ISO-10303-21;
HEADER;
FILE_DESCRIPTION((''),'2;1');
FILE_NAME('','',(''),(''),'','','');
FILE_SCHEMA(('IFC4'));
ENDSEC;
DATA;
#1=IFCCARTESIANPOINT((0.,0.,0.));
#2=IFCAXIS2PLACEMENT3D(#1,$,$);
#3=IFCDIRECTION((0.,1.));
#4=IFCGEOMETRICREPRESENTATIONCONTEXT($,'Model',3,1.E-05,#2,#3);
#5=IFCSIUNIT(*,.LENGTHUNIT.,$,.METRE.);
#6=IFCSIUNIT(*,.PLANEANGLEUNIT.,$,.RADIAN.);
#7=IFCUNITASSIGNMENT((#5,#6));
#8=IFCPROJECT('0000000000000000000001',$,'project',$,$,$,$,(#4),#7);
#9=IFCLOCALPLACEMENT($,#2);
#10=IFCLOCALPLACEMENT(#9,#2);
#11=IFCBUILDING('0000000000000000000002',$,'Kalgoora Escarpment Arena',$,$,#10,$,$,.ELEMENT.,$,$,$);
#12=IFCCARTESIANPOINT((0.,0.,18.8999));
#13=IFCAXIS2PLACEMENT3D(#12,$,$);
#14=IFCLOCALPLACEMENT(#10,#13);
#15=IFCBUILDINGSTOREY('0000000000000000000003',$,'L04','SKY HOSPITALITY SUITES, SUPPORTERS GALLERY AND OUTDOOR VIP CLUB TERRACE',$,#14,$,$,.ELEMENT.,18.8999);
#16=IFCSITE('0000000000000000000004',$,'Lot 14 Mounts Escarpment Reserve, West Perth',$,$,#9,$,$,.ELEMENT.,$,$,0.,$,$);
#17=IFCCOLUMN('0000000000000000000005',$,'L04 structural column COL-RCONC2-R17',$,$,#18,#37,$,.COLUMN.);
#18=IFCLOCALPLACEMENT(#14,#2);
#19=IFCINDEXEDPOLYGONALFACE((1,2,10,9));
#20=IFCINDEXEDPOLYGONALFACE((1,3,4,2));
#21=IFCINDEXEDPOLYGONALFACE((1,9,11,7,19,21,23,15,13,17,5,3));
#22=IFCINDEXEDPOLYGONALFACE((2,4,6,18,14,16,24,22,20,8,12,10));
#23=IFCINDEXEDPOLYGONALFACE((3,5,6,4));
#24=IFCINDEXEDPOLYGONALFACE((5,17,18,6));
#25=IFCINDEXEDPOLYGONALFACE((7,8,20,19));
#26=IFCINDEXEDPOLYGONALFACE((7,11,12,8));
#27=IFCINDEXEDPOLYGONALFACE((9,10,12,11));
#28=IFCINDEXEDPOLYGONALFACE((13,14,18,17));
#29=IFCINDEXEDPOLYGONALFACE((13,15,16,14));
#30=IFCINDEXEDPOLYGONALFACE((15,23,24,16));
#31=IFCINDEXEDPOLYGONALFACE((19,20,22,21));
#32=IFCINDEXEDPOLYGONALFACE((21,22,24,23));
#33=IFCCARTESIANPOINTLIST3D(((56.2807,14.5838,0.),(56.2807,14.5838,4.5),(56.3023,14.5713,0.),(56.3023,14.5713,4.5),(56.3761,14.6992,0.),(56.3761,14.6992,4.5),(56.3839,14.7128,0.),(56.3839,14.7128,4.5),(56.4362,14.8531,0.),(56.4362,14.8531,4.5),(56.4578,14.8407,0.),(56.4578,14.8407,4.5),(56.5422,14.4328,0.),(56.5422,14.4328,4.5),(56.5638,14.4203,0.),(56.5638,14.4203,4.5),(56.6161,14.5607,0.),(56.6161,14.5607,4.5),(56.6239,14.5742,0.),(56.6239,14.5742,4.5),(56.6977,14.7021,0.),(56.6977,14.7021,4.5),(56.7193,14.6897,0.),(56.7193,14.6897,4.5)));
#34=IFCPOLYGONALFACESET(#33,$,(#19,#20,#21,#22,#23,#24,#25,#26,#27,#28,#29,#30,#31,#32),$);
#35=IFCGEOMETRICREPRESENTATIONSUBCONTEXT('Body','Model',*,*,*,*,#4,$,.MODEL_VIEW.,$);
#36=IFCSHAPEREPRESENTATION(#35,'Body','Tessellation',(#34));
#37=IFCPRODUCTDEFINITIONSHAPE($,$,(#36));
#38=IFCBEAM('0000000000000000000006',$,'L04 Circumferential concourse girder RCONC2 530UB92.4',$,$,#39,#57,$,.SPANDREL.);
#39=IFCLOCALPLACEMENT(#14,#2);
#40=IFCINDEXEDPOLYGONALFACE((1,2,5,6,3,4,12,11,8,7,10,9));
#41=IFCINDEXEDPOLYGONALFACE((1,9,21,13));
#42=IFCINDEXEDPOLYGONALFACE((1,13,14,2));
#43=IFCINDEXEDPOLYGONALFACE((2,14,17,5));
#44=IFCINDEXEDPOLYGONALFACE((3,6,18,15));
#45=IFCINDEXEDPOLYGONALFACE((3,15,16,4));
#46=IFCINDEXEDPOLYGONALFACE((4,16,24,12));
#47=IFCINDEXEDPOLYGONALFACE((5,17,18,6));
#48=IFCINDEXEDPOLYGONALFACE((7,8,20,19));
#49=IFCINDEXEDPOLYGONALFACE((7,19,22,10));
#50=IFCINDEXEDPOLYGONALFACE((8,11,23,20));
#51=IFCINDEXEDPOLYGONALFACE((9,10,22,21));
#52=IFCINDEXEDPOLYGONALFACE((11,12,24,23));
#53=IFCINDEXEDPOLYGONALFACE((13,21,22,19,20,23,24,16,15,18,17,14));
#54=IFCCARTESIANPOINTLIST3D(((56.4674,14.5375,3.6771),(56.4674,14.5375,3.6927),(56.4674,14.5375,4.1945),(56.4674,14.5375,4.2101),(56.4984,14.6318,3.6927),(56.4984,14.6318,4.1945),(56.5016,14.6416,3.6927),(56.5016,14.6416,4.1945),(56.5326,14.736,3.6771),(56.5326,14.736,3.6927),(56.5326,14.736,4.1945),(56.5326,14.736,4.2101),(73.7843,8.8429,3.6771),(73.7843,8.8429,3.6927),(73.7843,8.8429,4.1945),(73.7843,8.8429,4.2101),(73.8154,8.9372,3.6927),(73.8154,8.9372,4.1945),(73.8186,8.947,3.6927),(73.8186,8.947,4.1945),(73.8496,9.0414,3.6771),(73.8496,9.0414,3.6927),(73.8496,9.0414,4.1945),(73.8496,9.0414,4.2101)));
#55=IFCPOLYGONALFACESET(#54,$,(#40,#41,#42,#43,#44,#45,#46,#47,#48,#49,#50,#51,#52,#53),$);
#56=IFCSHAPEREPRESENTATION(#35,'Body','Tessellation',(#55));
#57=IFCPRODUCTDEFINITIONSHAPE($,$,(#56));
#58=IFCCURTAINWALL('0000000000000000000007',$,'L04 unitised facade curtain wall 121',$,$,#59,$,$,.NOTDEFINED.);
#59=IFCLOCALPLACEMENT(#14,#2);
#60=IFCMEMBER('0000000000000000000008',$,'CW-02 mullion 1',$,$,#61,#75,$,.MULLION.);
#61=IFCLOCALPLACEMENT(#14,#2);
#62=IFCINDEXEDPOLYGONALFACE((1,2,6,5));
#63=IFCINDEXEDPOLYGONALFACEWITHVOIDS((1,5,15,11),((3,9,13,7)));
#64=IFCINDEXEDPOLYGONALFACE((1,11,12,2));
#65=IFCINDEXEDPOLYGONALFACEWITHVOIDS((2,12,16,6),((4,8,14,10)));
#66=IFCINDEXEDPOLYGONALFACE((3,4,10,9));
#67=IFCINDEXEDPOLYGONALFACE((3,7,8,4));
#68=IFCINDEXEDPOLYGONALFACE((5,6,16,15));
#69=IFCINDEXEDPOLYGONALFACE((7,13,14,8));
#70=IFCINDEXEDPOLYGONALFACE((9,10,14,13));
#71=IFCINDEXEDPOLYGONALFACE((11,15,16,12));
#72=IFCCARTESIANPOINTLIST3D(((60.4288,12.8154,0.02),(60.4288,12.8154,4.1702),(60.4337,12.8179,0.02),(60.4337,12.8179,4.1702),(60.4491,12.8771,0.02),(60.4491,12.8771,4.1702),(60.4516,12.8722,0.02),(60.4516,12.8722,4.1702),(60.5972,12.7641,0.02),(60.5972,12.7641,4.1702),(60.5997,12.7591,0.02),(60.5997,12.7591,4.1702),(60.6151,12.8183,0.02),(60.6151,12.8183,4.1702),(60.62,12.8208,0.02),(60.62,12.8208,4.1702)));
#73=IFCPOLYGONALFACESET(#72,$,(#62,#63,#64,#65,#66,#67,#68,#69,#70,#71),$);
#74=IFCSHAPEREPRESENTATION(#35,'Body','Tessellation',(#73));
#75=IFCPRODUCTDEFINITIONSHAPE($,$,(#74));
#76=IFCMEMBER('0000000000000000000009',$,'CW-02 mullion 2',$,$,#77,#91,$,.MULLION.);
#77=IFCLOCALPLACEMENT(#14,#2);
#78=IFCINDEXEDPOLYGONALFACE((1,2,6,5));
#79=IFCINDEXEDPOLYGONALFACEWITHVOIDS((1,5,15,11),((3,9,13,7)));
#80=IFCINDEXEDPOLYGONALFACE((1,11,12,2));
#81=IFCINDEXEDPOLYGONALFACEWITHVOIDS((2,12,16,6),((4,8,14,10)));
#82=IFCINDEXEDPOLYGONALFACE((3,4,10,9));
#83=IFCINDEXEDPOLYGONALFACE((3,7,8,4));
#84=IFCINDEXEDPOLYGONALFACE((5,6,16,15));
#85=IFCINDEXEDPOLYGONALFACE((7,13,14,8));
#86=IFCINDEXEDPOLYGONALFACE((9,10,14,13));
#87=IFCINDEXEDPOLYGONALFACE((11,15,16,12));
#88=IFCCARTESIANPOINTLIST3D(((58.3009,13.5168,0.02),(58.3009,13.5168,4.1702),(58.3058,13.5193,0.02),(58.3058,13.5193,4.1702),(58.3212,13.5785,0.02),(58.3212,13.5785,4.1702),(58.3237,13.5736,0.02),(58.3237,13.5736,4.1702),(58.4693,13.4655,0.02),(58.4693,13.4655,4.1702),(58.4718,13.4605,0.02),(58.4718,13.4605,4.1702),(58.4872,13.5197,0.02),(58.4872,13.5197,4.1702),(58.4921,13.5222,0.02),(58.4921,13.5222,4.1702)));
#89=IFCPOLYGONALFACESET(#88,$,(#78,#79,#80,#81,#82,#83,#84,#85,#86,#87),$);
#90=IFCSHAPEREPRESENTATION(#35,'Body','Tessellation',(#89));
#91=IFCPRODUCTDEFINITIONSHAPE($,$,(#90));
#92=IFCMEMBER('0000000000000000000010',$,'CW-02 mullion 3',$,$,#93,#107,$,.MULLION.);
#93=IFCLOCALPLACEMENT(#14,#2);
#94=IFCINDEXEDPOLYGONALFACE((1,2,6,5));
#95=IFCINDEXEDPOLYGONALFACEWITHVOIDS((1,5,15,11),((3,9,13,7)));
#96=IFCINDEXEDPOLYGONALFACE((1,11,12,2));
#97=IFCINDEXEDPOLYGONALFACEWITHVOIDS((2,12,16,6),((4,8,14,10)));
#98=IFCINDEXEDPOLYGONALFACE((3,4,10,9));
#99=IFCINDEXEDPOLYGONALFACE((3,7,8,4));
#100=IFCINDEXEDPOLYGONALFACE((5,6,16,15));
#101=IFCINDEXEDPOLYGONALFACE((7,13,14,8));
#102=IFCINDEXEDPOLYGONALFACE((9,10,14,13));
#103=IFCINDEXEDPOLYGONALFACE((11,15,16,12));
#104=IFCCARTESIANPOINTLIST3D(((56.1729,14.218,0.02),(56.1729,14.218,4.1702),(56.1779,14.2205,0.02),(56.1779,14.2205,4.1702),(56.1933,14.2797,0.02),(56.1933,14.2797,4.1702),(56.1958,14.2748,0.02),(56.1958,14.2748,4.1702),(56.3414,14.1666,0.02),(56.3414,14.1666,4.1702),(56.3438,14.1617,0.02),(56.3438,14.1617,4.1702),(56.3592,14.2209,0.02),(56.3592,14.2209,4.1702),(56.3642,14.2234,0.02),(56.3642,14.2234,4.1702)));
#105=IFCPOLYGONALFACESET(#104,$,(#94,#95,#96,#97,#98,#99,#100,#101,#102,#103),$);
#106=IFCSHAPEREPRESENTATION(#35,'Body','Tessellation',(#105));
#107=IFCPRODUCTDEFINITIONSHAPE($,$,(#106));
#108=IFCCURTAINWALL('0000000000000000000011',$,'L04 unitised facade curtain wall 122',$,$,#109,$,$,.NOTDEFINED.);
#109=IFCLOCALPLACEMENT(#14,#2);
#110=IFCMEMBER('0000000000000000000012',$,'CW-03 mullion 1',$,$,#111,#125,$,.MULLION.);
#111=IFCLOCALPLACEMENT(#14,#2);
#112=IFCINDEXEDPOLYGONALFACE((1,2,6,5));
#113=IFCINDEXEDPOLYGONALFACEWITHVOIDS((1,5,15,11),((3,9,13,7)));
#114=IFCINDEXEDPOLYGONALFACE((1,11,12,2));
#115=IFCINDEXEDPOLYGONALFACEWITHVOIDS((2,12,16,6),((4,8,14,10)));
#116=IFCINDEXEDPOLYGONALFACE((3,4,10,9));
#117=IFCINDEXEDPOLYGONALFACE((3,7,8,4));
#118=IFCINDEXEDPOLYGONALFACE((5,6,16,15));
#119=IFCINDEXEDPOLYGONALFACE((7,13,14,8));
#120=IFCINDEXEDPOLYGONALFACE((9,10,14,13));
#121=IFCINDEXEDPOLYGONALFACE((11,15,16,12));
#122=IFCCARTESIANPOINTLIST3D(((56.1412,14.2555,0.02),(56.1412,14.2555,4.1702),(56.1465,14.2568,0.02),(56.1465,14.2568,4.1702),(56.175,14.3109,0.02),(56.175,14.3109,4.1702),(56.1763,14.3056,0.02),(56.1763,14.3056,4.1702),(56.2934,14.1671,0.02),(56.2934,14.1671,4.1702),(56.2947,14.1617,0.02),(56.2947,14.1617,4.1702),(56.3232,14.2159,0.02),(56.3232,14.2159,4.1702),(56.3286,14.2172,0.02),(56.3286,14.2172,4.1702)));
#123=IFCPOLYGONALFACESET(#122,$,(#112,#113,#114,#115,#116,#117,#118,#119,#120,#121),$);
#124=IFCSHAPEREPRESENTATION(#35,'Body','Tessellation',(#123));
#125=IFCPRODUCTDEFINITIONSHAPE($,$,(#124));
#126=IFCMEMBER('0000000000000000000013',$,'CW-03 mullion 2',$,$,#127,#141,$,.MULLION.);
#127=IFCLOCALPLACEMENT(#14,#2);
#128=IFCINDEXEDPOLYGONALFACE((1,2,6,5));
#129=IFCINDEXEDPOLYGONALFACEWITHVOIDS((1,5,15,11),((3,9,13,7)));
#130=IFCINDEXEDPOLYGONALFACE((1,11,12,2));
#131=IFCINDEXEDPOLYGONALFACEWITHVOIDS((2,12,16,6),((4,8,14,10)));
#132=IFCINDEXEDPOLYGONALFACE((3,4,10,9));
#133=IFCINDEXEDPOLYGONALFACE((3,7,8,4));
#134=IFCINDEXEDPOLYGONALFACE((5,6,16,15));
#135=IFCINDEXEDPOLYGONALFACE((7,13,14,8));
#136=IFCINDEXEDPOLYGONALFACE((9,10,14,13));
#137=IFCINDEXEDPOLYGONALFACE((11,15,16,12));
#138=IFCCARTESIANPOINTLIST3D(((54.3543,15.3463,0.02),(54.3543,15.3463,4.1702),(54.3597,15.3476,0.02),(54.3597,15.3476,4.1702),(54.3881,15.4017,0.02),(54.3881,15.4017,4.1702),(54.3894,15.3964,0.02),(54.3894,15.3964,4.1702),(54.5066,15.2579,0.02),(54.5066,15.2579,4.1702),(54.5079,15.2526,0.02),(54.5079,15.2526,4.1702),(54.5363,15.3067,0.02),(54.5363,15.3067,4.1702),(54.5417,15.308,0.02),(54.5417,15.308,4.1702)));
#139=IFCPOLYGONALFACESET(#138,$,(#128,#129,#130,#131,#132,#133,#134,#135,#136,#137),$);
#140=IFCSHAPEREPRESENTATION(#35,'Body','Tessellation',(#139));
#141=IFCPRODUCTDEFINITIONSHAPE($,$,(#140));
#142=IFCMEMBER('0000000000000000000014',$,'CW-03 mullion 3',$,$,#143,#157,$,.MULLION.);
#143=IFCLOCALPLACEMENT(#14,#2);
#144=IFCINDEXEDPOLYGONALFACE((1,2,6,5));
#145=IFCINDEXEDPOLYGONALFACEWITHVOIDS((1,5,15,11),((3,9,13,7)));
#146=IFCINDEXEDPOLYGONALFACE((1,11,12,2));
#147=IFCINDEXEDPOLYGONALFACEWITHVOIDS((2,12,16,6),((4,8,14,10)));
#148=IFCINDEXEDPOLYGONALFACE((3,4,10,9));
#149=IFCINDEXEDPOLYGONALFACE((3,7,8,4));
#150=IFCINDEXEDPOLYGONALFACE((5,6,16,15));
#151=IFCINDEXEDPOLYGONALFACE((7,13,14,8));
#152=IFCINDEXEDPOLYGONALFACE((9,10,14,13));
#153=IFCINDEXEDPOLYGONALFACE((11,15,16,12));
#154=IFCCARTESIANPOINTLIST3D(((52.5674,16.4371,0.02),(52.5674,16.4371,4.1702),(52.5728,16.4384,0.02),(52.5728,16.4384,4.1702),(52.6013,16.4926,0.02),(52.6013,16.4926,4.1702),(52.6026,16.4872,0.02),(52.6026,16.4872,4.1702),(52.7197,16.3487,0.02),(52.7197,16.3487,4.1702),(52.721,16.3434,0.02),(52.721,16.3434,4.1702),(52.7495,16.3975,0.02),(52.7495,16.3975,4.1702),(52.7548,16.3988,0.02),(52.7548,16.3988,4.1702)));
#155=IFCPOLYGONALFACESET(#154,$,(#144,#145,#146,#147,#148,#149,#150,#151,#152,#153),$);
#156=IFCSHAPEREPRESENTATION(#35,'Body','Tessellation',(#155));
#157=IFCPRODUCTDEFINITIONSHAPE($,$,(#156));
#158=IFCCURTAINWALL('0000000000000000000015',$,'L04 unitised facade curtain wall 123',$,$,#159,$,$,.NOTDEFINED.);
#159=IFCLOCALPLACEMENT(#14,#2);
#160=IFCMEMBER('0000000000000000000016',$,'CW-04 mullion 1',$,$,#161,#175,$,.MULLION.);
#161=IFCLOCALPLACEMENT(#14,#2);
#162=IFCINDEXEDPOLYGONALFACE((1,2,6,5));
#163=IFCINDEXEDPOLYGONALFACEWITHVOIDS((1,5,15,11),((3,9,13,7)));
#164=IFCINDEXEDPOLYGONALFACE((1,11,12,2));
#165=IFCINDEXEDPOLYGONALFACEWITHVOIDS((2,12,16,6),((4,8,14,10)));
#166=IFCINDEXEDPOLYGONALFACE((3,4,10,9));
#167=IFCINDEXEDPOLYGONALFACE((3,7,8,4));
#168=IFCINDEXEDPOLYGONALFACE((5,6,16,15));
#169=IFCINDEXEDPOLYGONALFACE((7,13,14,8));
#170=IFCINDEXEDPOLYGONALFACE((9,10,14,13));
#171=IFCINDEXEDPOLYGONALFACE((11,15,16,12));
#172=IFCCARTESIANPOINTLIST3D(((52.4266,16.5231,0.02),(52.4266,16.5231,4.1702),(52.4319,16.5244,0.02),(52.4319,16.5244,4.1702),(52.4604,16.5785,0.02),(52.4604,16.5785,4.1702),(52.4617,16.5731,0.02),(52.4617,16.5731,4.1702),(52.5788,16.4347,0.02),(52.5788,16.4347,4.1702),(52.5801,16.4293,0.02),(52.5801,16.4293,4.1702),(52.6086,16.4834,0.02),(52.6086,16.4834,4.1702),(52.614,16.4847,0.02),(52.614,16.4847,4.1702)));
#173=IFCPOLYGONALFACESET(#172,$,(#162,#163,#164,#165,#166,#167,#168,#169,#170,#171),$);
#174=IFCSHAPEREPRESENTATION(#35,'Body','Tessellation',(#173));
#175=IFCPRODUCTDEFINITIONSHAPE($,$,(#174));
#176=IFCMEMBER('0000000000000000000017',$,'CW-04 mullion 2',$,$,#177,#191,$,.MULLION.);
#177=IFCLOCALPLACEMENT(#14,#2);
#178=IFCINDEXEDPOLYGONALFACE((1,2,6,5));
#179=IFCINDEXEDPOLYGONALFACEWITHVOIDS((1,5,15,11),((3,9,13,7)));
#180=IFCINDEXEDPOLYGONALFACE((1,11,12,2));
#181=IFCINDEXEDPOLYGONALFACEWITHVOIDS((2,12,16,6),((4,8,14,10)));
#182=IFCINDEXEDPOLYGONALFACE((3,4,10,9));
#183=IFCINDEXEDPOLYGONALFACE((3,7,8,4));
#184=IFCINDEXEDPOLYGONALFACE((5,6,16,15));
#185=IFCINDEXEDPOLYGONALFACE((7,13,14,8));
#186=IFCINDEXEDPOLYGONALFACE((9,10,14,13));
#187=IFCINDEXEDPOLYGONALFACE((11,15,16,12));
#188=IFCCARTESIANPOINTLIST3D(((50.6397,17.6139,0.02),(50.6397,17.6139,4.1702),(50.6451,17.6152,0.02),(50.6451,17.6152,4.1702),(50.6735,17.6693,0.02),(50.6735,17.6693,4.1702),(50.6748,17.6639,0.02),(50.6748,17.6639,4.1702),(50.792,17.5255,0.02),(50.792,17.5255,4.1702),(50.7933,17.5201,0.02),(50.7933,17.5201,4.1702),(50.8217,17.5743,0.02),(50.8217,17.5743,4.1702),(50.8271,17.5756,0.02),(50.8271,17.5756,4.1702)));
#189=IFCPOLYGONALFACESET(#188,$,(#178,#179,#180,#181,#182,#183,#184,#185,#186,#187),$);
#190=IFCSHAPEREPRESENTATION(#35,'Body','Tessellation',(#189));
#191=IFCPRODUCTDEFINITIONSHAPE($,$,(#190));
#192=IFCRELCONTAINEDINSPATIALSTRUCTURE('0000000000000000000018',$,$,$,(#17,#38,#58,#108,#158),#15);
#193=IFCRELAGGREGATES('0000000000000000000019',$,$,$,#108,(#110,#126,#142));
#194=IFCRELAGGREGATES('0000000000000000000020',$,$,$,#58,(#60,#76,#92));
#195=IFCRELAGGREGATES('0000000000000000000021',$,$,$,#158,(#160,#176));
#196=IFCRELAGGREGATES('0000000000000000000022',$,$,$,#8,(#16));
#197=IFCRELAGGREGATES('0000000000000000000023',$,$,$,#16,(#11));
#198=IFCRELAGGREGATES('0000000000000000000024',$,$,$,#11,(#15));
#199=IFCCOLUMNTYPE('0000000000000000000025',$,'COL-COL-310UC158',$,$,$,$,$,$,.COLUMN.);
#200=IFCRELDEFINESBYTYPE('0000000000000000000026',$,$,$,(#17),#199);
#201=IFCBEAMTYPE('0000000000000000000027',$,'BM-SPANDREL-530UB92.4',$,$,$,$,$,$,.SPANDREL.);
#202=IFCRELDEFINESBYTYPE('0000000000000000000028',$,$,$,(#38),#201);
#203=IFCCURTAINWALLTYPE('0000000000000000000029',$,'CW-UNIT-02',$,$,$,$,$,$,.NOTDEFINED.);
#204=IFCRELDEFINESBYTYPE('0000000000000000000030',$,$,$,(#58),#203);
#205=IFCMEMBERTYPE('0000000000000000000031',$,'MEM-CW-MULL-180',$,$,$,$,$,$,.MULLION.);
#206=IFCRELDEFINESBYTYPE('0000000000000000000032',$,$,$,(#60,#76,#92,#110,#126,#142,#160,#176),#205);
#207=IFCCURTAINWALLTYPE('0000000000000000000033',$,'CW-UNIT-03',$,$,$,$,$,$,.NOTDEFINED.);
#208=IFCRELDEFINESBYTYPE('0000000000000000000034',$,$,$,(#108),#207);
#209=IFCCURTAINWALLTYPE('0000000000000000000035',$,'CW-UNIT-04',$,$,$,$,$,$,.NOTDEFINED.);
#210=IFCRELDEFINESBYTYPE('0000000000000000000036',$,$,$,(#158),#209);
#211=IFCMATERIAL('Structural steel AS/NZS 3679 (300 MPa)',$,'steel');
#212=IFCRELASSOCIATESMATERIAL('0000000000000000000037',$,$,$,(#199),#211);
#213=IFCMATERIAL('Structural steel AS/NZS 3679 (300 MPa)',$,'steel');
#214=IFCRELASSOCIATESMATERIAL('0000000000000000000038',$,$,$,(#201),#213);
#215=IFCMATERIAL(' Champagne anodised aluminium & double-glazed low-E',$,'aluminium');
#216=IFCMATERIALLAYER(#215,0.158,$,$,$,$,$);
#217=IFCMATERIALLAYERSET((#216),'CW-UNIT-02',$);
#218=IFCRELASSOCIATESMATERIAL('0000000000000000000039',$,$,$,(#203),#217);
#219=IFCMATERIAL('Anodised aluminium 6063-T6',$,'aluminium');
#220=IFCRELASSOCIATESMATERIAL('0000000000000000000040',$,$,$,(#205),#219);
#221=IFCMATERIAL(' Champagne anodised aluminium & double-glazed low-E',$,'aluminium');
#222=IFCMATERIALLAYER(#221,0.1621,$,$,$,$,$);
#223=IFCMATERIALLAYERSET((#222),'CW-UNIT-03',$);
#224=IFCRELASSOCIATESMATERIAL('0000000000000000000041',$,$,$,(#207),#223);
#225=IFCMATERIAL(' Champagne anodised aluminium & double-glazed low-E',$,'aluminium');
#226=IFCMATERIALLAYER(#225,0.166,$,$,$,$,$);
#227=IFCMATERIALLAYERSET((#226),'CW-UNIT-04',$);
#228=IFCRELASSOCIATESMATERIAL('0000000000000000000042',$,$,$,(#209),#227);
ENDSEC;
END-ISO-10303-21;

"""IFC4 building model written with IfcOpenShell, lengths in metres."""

from ifc_helpers import new_model, si_unit, direction, frame, origin, origin_2d, place, context, subcontext, project, spatial, hollow_rectangle, i_section, extrude, material, layer, layer_set, material_profile, profile_set, type_object, element, aggregate, save


model = new_model("IFC4")

# Units and contexts
model_context = context("Model", 3, precision=1e-05, world=origin(), true_north=direction((0.0, 1.0)))
body_context = subcontext(model_context, "Body", "Model", "MODEL_VIEW")
ifc_project = project(units=[si_unit("LENGTHUNIT", "METRE"), si_unit("PLANEANGLEUNIT", "RADIAN")], contexts=[model_context])

# Site, building, storey
site_placement = place(None, origin())
site = spatial("IfcSite", under=ifc_project, at=site_placement, Name="Lot 14 Mounts Escarpment Reserve, West Perth", CompositionType="ELEMENT", RefElevation=0.0)
building_placement = place(site_placement, origin())
building = spatial("IfcBuilding", under=site, at=building_placement, Name="Kalgoora Escarpment Arena", CompositionType="ELEMENT")
storey_placement = place(building_placement, frame((0.0, 0.0, 18.8999)))
storey = spatial("IfcBuildingStorey", under=building, at=storey_placement, Name="L04", Description="SKY HOSPITALITY SUITES, SUPPORTERS GALLERY AND OUTDOOR VIP CLUB TERRACE", CompositionType="ELEMENT", Elevation=18.8999)

# Column
ifc_material_1 = material(Name="Structural steel AS/NZS 3679 (300 MPa)", Category="steel")
ifc_material_profile_1 = material_profile(ifc_material_1, i_section(OverallWidth=0.311, OverallDepth=0.3269, WebThickness=0.0156, FlangeThickness=0.0249, at=origin_2d()))
ifc_profile_set_1 = profile_set([ifc_material_profile_1], Name="Structural steel AS/NZS 3679 (300 MPa)")
column_type = type_object("IfcColumnType", Name="COL-COL-310UC158", PredefinedType="COLUMN", material=ifc_profile_set_1)
column_placement = place(storey_placement, frame((56.5, 14.6367, 0.0), z_axis=(0.0, 0.0, 1.0), x_axis=(-0.5, -0.866025, 0.0)))
element("IfcColumn", 1, at=column_placement, inside=storey, type_object=column_type, Name="L04 structural column COL-RCONC2-R17", PredefinedType="COLUMN", context=body_context, shape_type="SweptSolid", body=[
    extrude(i_section(OverallWidth=0.311, OverallDepth=0.3269, WebThickness=0.0156, FlangeThickness=0.0249, at=origin_2d()), origin(), (0.0, 0.0, 1.0), 4.5),
])

# Beam
ifc_material_2 = material(Name="Structural steel AS/NZS 3679 (300 MPa)", Category="steel")
ifc_material_profile_2 = material_profile(ifc_material_2, i_section(OverallWidth=0.209, OverallDepth=0.533, WebThickness=0.0103, FlangeThickness=0.0156, at=origin_2d()))
ifc_profile_set_2 = profile_set([ifc_material_profile_2], Name="Structural steel AS/NZS 3679 (300 MPa)")
beam_type = type_object("IfcBeamType", Name="BM-SPANDREL-530UB92.4", PredefinedType="SPANDREL", material=ifc_profile_set_2)
beam_placement = place(storey_placement, frame((56.5, 14.6367, 3.9436), z_axis=(0.949955, -0.312388, 0.0), x_axis=(0.312388, 0.949955, 0.0)))
element("IfcBeam", 2, at=beam_placement, inside=storey, type_object=beam_type, Name="L04 Circumferential concourse girder RCONC2 530UB92.4", PredefinedType="SPANDREL", context=body_context, shape_type="SweptSolid", body=[
    extrude(i_section(OverallWidth=0.209, OverallDepth=0.533, WebThickness=0.0103, FlangeThickness=0.0156, at=origin_2d()), origin(), (0.0, 0.0, 1.0), 18.2292),
])

# Curtain walls, members
ifc_material_3 = material(Name=" Champagne anodised aluminium & double-glazed low-E", Category="aluminium")
ifc_layer_1 = layer(ifc_material_3, 0.158)
ifc_layer_set_1 = layer_set([ifc_layer_1], Name="CW-UNIT-02")
curtain_wall_type_1 = type_object("IfcCurtainWallType", Name="CW-UNIT-02", PredefinedType="NOTDEFINED", material=ifc_layer_set_1)
curtain_wall_1_placement = place(storey_placement, origin())
curtain_wall_1 = element("IfcCurtainWall", 3, at=curtain_wall_1_placement, inside=storey, type_object=curtain_wall_type_1, Name="L04 unitised facade curtain wall 121", PredefinedType="NOTDEFINED")
ifc_material_4 = material(Name="Anodised aluminium 6063-T6", Category="aluminium")
ifc_material_profile_3 = material_profile(ifc_material_4, hollow_rectangle(XDim=0.0649, YDim=0.1799, WallThickness=0.0039, at=origin_2d()))
ifc_profile_set_3 = profile_set([ifc_material_profile_3], Name="Anodised aluminium 6063-T6")
member_type_1 = type_object("IfcMemberType", Name="MEM-CW-MULL-180", PredefinedType="MULLION", material=ifc_profile_set_3)
member_1_placement = place(storey_placement, frame((60.5244, 12.8181, 0.02), z_axis=(0.0, 0.0, 1.0), x_axis=(-0.312986, -0.949758, 0.0)))
member_1 = element("IfcMember", 4, at=member_1_placement, type_object=member_type_1, Name="CW-02 mullion 1", PredefinedType="MULLION", context=body_context, shape_type="SweptSolid", body=[
    extrude(hollow_rectangle(XDim=0.0649, YDim=0.1799, WallThickness=0.0039, at=origin_2d()), origin(), (0.0, 0.0, 1.0), 4.1501),
])
member_2_placement = place(storey_placement, frame((58.3965, 13.5195, 0.02), z_axis=(0.0, 0.0, 1.0), x_axis=(-0.312986, -0.949758, 0.0)))
member_2 = element("IfcMember", 5, at=member_2_placement, type_object=member_type_1, Name="CW-02 mullion 2", PredefinedType="MULLION", context=body_context, shape_type="SweptSolid", body=[
    extrude(hollow_rectangle(XDim=0.0649, YDim=0.1799, WallThickness=0.0039, at=origin_2d()), origin(), (0.0, 0.0, 1.0), 4.1501),
])
member_3_placement = place(storey_placement, frame((56.2686, 14.2207, 0.02), z_axis=(0.0, 0.0, 1.0), x_axis=(-0.312986, -0.949758, 0.0)))
member_3 = element("IfcMember", 6, at=member_3_placement, type_object=member_type_1, Name="CW-02 mullion 3", PredefinedType="MULLION", context=body_context, shape_type="SweptSolid", body=[
    extrude(hollow_rectangle(XDim=0.0649, YDim=0.1799, WallThickness=0.0039, at=origin_2d()), origin(), (0.0, 0.0, 1.0), 4.1501),
])
ifc_material_5 = material(Name=" Champagne anodised aluminium & double-glazed low-E", Category="aluminium")
ifc_layer_2 = layer(ifc_material_5, 0.1621)
ifc_layer_set_2 = layer_set([ifc_layer_2], Name="CW-UNIT-03")
curtain_wall_type_2 = type_object("IfcCurtainWallType", Name="CW-UNIT-03", PredefinedType="NOTDEFINED", material=ifc_layer_set_2)
curtain_wall_2_placement = place(storey_placement, origin())
curtain_wall_2 = element("IfcCurtainWall", 7, at=curtain_wall_2_placement, inside=storey, type_object=curtain_wall_type_2, Name="L04 unitised facade curtain wall 122", PredefinedType="NOTDEFINED")
member_4_placement = place(storey_placement, frame((56.2349, 14.2363, 0.02), z_axis=(0.0, 0.0, 1.0), x_axis=(-0.521059, -0.853521, 0.0)))
member_4 = element("IfcMember", 8, at=member_4_placement, type_object=member_type_1, Name="CW-03 mullion 1", PredefinedType="MULLION", context=body_context, shape_type="SweptSolid", body=[
    extrude(hollow_rectangle(XDim=0.0649, YDim=0.1799, WallThickness=0.0039, at=origin_2d()), origin(), (0.0, 0.0, 1.0), 4.1501),
])
member_5_placement = place(storey_placement, frame((54.448, 15.3271, 0.02), z_axis=(0.0, 0.0, 1.0), x_axis=(-0.521059, -0.853521, 0.0)))
member_5 = element("IfcMember", 9, at=member_5_placement, type_object=member_type_1, Name="CW-03 mullion 2", PredefinedType="MULLION", context=body_context, shape_type="SweptSolid", body=[
    extrude(hollow_rectangle(XDim=0.0649, YDim=0.1799, WallThickness=0.0039, at=origin_2d()), origin(), (0.0, 0.0, 1.0), 4.1501),
])
member_6_placement = place(storey_placement, frame((52.6611, 16.418, 0.02), z_axis=(0.0, 0.0, 1.0), x_axis=(-0.521059, -0.853521, 0.0)))
member_6 = element("IfcMember", 10, at=member_6_placement, type_object=member_type_1, Name="CW-03 mullion 3", PredefinedType="MULLION", context=body_context, shape_type="SweptSolid", body=[
    extrude(hollow_rectangle(XDim=0.0649, YDim=0.1799, WallThickness=0.0039, at=origin_2d()), origin(), (0.0, 0.0, 1.0), 4.1501),
])
ifc_material_6 = material(Name=" Champagne anodised aluminium & double-glazed low-E", Category="aluminium")
ifc_layer_3 = layer(ifc_material_6, 0.166)
ifc_layer_set_3 = layer_set([ifc_layer_3], Name="CW-UNIT-04")
curtain_wall_type_3 = type_object("IfcCurtainWallType", Name="CW-UNIT-04", PredefinedType="NOTDEFINED", material=ifc_layer_set_3)
curtain_wall_3_placement = place(storey_placement, origin())
curtain_wall_3 = element("IfcCurtainWall", 11, at=curtain_wall_3_placement, inside=storey, type_object=curtain_wall_type_3, Name="L04 unitised facade curtain wall 123", PredefinedType="NOTDEFINED")
member_7_placement = place(storey_placement, frame((52.5203, 16.5039, 0.02), z_axis=(0.0, 0.0, 1.0), x_axis=(-0.521049, -0.853527, 0.0)))
member_7 = element("IfcMember", 12, at=member_7_placement, type_object=member_type_1, Name="CW-04 mullion 1", PredefinedType="MULLION", context=body_context, shape_type="SweptSolid", body=[
    extrude(hollow_rectangle(XDim=0.0649, YDim=0.1799, WallThickness=0.0039, at=origin_2d()), origin(), (0.0, 0.0, 1.0), 4.1501),
])
member_8_placement = place(storey_placement, frame((50.7334, 17.5947, 0.02), z_axis=(0.0, 0.0, 1.0), x_axis=(-0.521049, -0.853527, 0.0)))
member_8 = element("IfcMember", 13, at=member_8_placement, type_object=member_type_1, Name="CW-04 mullion 2", PredefinedType="MULLION", context=body_context, shape_type="SweptSolid", body=[
    extrude(hollow_rectangle(XDim=0.0649, YDim=0.1799, WallThickness=0.0039, at=origin_2d()), origin(), (0.0, 0.0, 1.0), 4.1501),
])

aggregate(curtain_wall_2, [member_4, member_5, member_6])
aggregate(curtain_wall_1, [member_1, member_2, member_3])
aggregate(curtain_wall_3, [member_7, member_8])

save(model, "model.ifc")
